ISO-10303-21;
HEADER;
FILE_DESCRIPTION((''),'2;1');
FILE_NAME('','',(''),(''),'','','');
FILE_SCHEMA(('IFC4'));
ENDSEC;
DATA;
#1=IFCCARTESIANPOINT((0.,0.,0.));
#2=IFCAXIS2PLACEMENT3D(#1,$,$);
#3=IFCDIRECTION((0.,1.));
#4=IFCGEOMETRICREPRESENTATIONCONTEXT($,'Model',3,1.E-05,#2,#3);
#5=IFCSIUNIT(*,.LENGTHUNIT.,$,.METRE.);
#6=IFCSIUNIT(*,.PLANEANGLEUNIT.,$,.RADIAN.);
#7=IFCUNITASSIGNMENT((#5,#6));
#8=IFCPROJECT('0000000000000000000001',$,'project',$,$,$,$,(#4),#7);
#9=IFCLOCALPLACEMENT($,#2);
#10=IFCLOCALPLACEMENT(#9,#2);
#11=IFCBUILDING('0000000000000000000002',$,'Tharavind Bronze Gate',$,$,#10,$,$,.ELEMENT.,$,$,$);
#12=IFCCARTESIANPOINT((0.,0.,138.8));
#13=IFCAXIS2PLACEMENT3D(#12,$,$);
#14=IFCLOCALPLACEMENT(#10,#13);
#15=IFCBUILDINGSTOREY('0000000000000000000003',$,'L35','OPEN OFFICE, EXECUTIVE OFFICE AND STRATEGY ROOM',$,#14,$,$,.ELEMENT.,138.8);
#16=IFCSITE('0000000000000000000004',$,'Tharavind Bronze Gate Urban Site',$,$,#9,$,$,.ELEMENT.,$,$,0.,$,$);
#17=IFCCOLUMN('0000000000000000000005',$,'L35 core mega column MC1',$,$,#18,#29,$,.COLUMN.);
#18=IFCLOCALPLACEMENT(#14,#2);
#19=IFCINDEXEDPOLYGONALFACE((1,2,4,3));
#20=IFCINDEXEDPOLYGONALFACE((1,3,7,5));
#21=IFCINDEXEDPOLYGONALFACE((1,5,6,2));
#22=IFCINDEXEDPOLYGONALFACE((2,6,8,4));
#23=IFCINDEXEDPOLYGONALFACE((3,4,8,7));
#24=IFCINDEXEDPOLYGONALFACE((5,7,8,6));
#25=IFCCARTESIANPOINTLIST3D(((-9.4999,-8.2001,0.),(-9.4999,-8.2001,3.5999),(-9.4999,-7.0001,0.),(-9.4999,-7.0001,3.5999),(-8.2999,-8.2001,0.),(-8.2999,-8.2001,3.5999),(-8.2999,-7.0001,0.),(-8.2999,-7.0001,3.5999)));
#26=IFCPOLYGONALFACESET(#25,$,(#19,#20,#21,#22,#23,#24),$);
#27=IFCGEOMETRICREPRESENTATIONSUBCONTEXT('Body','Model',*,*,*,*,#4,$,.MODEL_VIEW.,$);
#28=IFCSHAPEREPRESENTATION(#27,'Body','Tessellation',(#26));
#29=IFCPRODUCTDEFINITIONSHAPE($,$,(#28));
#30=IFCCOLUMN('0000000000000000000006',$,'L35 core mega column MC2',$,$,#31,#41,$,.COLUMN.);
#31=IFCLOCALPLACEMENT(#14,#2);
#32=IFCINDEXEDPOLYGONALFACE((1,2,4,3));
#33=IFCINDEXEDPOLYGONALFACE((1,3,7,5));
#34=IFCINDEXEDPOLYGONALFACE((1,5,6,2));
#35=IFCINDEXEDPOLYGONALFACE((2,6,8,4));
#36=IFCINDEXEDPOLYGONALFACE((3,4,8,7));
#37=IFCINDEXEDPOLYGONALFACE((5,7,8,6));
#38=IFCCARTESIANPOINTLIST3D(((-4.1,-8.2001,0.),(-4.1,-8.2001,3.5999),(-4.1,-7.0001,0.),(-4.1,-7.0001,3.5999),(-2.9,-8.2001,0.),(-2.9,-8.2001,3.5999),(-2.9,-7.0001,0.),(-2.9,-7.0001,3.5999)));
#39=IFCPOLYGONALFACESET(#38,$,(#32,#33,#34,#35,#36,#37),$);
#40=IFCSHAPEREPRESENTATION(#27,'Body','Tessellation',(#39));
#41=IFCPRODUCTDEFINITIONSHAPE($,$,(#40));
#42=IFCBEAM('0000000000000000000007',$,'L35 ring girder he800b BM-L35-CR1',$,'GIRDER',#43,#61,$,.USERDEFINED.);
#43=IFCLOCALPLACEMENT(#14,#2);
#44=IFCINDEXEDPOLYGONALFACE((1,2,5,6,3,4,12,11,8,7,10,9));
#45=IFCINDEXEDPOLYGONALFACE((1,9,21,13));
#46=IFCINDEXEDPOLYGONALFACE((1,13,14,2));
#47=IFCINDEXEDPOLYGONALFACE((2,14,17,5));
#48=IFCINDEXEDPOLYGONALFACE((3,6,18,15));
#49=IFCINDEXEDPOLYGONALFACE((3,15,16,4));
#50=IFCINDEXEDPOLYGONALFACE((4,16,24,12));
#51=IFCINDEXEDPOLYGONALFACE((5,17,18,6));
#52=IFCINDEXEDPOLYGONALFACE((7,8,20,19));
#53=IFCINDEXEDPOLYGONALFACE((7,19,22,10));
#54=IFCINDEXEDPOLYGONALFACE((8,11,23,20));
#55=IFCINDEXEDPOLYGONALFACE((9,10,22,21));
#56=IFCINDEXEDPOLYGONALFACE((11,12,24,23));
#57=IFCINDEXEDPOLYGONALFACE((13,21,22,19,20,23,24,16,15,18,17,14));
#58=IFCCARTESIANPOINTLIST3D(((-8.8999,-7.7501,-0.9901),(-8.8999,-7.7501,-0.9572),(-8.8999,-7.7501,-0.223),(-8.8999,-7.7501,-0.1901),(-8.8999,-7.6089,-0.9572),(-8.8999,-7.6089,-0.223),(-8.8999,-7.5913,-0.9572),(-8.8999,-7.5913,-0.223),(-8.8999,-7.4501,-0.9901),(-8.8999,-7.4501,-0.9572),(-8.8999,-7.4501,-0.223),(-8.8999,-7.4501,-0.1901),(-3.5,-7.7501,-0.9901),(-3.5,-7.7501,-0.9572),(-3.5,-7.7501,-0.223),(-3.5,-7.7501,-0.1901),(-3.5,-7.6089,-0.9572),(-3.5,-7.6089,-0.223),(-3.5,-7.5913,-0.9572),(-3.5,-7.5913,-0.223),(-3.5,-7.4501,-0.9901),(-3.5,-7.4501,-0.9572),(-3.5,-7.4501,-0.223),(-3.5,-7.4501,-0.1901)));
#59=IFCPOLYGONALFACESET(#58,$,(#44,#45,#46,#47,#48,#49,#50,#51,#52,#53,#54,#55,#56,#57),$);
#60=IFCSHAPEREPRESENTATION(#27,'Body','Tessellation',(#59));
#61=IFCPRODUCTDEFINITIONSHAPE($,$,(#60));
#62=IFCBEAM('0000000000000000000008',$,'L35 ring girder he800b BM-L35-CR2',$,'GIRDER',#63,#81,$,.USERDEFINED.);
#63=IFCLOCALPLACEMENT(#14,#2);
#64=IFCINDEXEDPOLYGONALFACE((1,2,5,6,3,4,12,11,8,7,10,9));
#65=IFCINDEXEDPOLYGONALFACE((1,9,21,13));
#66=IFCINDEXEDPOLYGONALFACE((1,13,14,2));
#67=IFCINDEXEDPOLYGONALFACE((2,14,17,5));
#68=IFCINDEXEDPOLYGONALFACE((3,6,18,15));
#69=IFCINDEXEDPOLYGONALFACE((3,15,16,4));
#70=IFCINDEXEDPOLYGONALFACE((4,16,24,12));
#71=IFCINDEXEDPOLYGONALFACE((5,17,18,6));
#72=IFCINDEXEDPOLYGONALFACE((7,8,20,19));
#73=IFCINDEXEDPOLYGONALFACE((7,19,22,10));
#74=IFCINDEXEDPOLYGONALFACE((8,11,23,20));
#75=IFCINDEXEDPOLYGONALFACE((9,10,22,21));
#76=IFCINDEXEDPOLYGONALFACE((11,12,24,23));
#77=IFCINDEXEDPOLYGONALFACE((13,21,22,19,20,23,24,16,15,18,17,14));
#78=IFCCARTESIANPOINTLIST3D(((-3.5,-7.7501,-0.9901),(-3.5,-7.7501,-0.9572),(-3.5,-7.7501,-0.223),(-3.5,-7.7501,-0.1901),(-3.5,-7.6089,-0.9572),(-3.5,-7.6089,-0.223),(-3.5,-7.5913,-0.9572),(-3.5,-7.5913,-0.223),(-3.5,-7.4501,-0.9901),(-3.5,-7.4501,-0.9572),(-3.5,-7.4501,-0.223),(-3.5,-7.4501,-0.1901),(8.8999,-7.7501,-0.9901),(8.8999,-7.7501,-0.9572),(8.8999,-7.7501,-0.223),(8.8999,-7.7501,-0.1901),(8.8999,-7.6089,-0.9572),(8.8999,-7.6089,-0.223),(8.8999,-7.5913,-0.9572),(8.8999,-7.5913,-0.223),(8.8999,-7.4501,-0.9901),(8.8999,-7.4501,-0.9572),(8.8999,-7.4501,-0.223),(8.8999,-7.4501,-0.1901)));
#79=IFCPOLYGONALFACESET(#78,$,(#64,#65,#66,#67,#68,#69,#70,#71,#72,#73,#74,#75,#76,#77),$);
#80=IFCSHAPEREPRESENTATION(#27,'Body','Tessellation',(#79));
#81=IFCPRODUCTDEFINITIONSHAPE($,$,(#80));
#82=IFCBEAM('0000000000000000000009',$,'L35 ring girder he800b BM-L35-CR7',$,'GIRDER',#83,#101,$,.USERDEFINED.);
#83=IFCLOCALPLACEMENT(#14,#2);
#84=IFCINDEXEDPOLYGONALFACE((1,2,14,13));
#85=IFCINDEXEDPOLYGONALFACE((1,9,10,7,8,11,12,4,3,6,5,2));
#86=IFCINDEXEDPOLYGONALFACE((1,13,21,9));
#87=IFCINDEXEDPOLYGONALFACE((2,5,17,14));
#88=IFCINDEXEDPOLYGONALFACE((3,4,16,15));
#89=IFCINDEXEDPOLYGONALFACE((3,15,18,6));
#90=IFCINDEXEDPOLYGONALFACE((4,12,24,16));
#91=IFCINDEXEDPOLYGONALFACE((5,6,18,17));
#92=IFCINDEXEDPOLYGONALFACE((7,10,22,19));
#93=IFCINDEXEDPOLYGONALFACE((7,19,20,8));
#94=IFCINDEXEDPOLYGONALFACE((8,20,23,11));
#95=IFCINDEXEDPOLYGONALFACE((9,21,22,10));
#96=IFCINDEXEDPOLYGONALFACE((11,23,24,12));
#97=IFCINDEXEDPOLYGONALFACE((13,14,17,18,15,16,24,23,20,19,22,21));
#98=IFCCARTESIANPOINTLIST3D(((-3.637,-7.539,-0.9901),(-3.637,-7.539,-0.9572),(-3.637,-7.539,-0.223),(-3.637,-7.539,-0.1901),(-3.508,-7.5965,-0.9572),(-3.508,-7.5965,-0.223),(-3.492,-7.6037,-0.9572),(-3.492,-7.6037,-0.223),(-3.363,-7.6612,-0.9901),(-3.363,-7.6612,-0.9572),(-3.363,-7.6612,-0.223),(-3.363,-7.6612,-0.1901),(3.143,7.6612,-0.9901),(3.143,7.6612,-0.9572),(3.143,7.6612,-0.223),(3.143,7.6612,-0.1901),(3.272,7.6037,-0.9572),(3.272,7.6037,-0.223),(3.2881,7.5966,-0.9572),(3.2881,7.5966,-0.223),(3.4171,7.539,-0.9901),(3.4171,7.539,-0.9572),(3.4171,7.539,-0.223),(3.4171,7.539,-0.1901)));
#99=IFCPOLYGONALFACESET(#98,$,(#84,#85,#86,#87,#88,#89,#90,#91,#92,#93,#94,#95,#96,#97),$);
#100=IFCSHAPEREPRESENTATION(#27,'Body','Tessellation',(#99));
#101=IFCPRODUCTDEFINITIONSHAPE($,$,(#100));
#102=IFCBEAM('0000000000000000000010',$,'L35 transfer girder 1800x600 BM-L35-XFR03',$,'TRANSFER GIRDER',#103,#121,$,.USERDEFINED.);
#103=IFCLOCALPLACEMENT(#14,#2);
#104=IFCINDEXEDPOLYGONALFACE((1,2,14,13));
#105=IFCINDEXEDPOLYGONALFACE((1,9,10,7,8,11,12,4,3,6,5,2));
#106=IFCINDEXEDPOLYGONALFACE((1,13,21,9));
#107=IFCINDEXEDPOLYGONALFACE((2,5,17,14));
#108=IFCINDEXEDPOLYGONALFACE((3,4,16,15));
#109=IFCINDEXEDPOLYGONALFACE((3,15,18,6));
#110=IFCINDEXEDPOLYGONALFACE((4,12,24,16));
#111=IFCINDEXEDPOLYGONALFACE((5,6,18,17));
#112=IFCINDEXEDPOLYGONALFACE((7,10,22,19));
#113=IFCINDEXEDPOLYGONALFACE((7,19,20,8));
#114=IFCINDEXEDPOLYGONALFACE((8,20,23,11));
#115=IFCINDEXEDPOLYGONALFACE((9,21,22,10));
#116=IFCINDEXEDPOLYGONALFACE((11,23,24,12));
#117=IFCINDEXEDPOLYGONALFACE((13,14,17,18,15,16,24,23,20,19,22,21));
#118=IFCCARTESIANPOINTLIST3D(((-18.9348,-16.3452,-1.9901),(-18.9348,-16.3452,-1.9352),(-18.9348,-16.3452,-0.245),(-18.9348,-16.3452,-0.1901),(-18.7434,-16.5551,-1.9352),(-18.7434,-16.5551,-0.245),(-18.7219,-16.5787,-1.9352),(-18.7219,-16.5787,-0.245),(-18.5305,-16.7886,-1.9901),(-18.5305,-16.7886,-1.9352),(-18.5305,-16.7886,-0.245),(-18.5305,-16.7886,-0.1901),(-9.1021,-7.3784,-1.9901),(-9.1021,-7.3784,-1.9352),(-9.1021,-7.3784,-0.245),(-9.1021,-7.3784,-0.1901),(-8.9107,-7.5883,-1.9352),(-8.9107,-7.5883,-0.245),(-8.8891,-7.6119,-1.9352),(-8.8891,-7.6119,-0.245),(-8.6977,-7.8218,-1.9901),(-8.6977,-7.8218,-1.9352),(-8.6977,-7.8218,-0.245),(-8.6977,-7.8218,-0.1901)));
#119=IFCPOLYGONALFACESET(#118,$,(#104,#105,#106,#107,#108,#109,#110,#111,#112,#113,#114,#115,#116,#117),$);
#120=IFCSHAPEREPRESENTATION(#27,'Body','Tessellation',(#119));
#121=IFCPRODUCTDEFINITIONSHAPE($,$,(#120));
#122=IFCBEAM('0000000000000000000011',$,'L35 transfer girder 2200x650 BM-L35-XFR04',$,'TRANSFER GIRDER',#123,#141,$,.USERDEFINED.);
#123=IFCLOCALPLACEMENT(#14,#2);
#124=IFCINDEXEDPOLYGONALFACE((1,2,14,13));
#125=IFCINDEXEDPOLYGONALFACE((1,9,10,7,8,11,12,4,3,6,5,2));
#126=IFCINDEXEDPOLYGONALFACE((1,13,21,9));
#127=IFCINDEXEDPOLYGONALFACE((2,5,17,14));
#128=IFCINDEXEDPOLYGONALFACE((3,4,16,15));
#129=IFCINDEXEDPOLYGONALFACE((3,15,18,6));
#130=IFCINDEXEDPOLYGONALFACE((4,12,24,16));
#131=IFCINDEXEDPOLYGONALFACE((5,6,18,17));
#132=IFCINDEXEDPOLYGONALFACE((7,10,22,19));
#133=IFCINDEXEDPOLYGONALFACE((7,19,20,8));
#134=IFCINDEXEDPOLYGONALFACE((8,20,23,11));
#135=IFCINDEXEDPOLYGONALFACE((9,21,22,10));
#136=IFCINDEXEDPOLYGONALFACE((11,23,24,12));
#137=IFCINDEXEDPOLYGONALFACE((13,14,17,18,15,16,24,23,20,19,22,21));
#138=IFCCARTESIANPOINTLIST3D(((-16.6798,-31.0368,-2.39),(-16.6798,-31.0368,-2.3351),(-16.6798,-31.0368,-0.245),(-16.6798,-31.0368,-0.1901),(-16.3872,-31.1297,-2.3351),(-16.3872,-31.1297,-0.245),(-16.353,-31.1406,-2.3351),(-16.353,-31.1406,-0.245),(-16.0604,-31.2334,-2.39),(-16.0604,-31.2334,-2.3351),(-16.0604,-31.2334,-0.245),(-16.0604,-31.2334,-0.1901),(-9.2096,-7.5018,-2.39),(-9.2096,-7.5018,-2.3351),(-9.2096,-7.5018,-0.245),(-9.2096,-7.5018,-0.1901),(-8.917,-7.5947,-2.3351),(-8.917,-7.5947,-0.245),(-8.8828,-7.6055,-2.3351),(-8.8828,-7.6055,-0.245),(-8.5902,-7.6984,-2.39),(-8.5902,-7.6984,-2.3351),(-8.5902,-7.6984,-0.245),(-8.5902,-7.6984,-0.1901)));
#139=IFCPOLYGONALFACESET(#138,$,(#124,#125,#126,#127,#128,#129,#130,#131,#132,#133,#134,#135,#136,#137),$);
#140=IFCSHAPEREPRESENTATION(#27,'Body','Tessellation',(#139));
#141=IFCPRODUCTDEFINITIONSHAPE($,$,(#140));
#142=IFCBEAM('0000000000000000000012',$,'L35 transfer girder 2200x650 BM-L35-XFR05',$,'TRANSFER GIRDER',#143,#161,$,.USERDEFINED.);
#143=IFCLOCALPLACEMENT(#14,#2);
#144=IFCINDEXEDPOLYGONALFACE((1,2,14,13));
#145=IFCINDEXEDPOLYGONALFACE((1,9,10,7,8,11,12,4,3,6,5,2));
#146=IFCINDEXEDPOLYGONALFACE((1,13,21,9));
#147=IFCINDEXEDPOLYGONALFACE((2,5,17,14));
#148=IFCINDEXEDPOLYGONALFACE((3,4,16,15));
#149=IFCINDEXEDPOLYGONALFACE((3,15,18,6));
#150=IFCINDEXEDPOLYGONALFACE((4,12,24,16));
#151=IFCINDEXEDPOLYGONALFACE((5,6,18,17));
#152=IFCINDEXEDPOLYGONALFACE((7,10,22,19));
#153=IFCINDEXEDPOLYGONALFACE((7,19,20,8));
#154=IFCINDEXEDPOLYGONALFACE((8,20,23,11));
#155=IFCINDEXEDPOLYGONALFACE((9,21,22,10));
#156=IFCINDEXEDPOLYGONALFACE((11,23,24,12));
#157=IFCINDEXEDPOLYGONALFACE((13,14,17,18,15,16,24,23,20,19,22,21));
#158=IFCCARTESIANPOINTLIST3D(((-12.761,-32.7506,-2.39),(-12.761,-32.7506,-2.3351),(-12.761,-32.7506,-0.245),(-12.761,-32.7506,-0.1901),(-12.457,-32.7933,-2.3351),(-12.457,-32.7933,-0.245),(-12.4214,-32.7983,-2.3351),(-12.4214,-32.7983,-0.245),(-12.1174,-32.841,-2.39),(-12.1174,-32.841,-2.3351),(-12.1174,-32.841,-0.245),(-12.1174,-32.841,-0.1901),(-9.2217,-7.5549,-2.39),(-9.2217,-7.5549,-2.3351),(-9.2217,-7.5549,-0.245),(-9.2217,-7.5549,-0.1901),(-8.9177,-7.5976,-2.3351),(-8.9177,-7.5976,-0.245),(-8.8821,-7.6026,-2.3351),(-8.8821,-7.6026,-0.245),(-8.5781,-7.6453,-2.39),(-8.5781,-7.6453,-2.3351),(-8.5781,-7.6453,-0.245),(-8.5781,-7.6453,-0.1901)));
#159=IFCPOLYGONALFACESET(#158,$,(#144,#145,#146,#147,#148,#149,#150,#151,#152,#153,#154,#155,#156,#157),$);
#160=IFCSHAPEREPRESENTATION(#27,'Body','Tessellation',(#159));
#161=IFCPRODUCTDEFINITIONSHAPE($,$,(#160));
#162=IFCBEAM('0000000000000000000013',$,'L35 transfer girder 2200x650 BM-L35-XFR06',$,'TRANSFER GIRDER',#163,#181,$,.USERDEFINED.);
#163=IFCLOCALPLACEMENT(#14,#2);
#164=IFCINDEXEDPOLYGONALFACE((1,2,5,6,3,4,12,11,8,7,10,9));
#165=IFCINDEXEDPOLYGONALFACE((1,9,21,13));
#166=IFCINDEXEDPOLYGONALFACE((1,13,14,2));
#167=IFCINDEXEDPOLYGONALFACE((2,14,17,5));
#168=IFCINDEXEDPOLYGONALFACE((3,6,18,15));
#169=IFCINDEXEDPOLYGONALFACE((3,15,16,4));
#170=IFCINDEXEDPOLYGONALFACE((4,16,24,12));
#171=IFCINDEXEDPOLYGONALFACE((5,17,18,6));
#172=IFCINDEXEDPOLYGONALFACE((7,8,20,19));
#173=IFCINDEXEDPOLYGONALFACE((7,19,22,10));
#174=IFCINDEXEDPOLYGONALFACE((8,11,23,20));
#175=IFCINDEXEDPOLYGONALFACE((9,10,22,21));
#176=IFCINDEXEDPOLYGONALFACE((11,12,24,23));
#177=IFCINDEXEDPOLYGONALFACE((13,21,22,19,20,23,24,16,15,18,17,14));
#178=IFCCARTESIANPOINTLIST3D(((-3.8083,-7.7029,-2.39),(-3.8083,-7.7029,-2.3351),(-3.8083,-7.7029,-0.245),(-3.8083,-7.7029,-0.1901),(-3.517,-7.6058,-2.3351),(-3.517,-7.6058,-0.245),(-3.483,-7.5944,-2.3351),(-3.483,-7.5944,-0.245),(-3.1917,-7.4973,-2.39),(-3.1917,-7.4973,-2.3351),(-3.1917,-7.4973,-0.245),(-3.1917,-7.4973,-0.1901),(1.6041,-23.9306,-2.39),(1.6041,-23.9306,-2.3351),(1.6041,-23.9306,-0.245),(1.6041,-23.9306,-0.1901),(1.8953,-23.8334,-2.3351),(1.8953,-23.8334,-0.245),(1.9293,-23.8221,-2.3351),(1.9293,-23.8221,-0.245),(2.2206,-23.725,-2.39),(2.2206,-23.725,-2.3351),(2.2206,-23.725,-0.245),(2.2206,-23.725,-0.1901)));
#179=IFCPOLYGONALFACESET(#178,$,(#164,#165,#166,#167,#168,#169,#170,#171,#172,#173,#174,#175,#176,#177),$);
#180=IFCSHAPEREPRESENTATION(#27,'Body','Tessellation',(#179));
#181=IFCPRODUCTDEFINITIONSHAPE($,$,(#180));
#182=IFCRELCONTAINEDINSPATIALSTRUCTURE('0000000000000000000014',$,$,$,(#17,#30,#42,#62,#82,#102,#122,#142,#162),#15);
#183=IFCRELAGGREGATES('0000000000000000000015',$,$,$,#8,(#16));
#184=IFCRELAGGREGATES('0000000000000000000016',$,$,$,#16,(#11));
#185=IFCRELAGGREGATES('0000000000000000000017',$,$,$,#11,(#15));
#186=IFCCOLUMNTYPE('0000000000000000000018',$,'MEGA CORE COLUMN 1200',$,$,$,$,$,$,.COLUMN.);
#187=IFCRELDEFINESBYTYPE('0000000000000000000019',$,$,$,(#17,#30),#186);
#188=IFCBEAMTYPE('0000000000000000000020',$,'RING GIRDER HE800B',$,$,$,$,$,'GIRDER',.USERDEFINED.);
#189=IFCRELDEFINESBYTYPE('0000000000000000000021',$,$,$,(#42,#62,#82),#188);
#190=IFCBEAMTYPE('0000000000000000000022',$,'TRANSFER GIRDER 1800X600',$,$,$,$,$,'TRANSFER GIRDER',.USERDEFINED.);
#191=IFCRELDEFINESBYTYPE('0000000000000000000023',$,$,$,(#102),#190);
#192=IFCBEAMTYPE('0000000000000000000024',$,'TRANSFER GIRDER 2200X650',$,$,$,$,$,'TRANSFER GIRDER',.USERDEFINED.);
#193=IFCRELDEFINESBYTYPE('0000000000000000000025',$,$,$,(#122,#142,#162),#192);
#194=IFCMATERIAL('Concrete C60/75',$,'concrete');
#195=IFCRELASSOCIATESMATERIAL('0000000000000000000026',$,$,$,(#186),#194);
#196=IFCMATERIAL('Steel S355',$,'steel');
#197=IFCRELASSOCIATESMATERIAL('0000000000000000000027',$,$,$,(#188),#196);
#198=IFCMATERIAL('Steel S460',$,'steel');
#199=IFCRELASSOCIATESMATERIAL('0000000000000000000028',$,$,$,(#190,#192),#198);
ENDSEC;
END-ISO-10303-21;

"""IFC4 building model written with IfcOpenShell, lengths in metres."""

from ifc_helpers import new_model, si_unit, direction, frame, origin, origin_2d, place, context, subcontext, project, spatial, rectangle, i_section, extrude, material, material_profile, profile_set, type_object, element, save


model = new_model("IFC4")

# Units and contexts
model_context = context("Model", 3, precision=1e-05, world=origin(), true_north=direction((0.0, 1.0)))
body_context = subcontext(model_context, "Body", "Model", "MODEL_VIEW")
ifc_project = project(units=[si_unit("LENGTHUNIT", "METRE"), si_unit("PLANEANGLEUNIT", "RADIAN")], contexts=[model_context])

# Site, building, storey
site_placement = place(None, origin())
site = spatial("IfcSite", under=ifc_project, at=site_placement, Name="Tharavind Bronze Gate Urban Site", CompositionType="ELEMENT", RefElevation=0.0)
building_placement = place(site_placement, origin())
building = spatial("IfcBuilding", under=site, at=building_placement, Name="Tharavind Bronze Gate", CompositionType="ELEMENT")
storey_placement = place(building_placement, frame((0.0, 0.0, 138.8)))
storey = spatial("IfcBuildingStorey", under=building, at=storey_placement, Name="L35", Description="OPEN OFFICE, EXECUTIVE OFFICE AND STRATEGY ROOM", CompositionType="ELEMENT", Elevation=138.8)

# Columns
ifc_material_1 = material(Name="Concrete C60/75", Category="concrete")
ifc_material_profile_1 = material_profile(ifc_material_1, rectangle(XDim=1.2, YDim=1.2, at=origin_2d()), Name="RCCOL1200")
ifc_profile_set_1 = profile_set([ifc_material_profile_1], Name="Concrete C60/75")
column_type = type_object("IfcColumnType", Name="MEGA CORE COLUMN 1200", PredefinedType="COLUMN", material=ifc_profile_set_1)
for number, where, z_axis, x_axis, name in (
    (1, (-8.8999, -7.6001, 0.0), (0.0, 0.0, 1.0), (1.0, 0.0, 0.0), "L35 core mega column MC1"),
    (2, (-3.5, -7.6001, 0.0), (0.0, 0.0, 1.0), (1.0, 0.0, 0.0), "L35 core mega column MC2"),
):
    element("IfcColumn", number, at=place(storey_placement, frame(where, z_axis=z_axis, x_axis=x_axis)), inside=storey, type_object=column_type, Name=name, PredefinedType="COLUMN", context=body_context, shape_type="SweptSolid", body=[
        extrude(rectangle(XDim=1.2, YDim=1.2, at=origin_2d()), origin(), (0.0, 0.0, 1.0), 3.5999),
    ])

# Beams
ifc_material_2 = material(Name="Steel S355", Category="steel")
ifc_material_profile_2 = material_profile(ifc_material_2, i_section(OverallWidth=0.3, OverallDepth=0.8, WebThickness=0.0176, FlangeThickness=0.033, at=origin_2d()), Name="HE800B")
ifc_profile_set_2 = profile_set([ifc_material_profile_2], Name="Steel S355")
beam_type_1 = type_object("IfcBeamType", Name="RING GIRDER HE800B", ElementType="GIRDER", PredefinedType="USERDEFINED", material=ifc_profile_set_2)
beam_1_placement = place(storey_placement, frame((-8.8999, -7.6001, -0.5901), z_axis=(1.0, 0.0, 0.0), x_axis=(0.0, 1.0, 0.0)))
element("IfcBeam", 3, at=beam_1_placement, inside=storey, type_object=beam_type_1, Name="L35 ring girder he800b BM-L35-CR1", ObjectType="GIRDER", PredefinedType="USERDEFINED", context=body_context, shape_type="SweptSolid", body=[
    extrude(i_section(OverallWidth=0.3, OverallDepth=0.8, WebThickness=0.0176, FlangeThickness=0.033, at=origin_2d()), origin(), (0.0, 0.0, 1.0), 5.3999),
])
beam_2_placement = place(storey_placement, frame((-3.5, -7.6001, -0.5901), z_axis=(1.0, 0.0, 0.0), x_axis=(0.0, 1.0, 0.0)))
element("IfcBeam", 4, at=beam_2_placement, inside=storey, type_object=beam_type_1, Name="L35 ring girder he800b BM-L35-CR2", ObjectType="GIRDER", PredefinedType="USERDEFINED", context=body_context, shape_type="SweptSolid", body=[
    extrude(i_section(OverallWidth=0.3, OverallDepth=0.8, WebThickness=0.0176, FlangeThickness=0.033, at=origin_2d()), origin(), (0.0, 0.0, 1.0), 12.3999),
])
beam_3_placement = place(storey_placement, frame((-3.5, -7.6001, -0.5901), z_axis=(0.407362, 0.913267, 0.0), x_axis=(-0.913267, 0.407362, 0.0)))
element("IfcBeam", 5, at=beam_3_placement, inside=storey, type_object=beam_type_1, Name="L35 ring girder he800b BM-L35-CR7", ObjectType="GIRDER", PredefinedType="USERDEFINED", context=body_context, shape_type="SweptSolid", body=[
    extrude(i_section(OverallWidth=0.3, OverallDepth=0.8, WebThickness=0.0176, FlangeThickness=0.033, at=origin_2d()), origin(), (0.0, 0.0, 1.0), 16.6438),
])
ifc_material_3 = material(Name="Steel S460", Category="steel")
ifc_material_profile_3 = material_profile(ifc_material_3, i_section(OverallWidth=0.6001, OverallDepth=1.8, WebThickness=0.032, FlangeThickness=0.0549, at=origin_2d()), Name="PG1800X600")
ifc_profile_set_3 = profile_set([ifc_material_profile_3], Name="Steel S460")
beam_type_2 = type_object("IfcBeamType", Name="TRANSFER GIRDER 1800X600", ElementType="TRANSFER GIRDER", PredefinedType="USERDEFINED", material=ifc_profile_set_3)
beam_4_placement = place(storey_placement, frame((-8.8999, -7.6001, -1.0901), z_axis=(-0.738895, -0.673821, 0.0), x_axis=(0.673821, -0.738895, 0.0)))
element("IfcBeam", 6, at=beam_4_placement, inside=storey, type_object=beam_type_2, Name="L35 transfer girder 1800x600 BM-L35-XFR03", ObjectType="TRANSFER GIRDER", PredefinedType="USERDEFINED", context=body_context, shape_type="SweptSolid", body=[
    extrude(i_section(OverallWidth=0.6001, OverallDepth=1.8, WebThickness=0.032, FlangeThickness=0.0549, at=origin_2d()), origin(), (0.0, 0.0, 1.0), 13.3074),
])
ifc_material_profile_4 = material_profile(ifc_material_3, i_section(OverallWidth=0.6499, OverallDepth=2.2, WebThickness=0.0359, FlangeThickness=0.0549, at=origin_2d()), Name="PG2200X650")
ifc_profile_set_4 = profile_set([ifc_material_profile_4], Name="Steel S460")
beam_type_3 = type_object("IfcBeamType", Name="TRANSFER GIRDER 2200X650", ElementType="TRANSFER GIRDER", PredefinedType="USERDEFINED", material=ifc_profile_set_4)
beam_5_placement = place(storey_placement, frame((-8.8999, -7.6001, -1.29), z_axis=(-0.302533, -0.953139, 0.0), x_axis=(0.953139, -0.302533, 0.0)))
element("IfcBeam", 7, at=beam_5_placement, inside=storey, type_object=beam_type_3, Name="L35 transfer girder 2200x650 BM-L35-XFR04", ObjectType="TRANSFER GIRDER", PredefinedType="USERDEFINED", context=body_context, shape_type="SweptSolid", body=[
    extrude(i_section(OverallWidth=0.6499, OverallDepth=2.2, WebThickness=0.0359, FlangeThickness=0.0549, at=origin_2d()), origin(), (0.0, 0.0, 1.0), 24.6921),
])
beam_6_placement = place(storey_placement, frame((-8.8999, -7.6001, -1.29), z_axis=(-0.139106, -0.990277, 0.0), x_axis=(0.990277, -0.139106, 0.0)))
element("IfcBeam", 8, at=beam_6_placement, inside=storey, type_object=beam_type_3, Name="L35 transfer girder 2200x650 BM-L35-XFR05", ObjectType="TRANSFER GIRDER", PredefinedType="USERDEFINED", context=body_context, shape_type="SweptSolid", body=[
    extrude(i_section(OverallWidth=0.6499, OverallDepth=2.2, WebThickness=0.0359, FlangeThickness=0.0549, at=origin_2d()), origin(), (0.0, 0.0, 1.0), 25.4431),
])
beam_7_placement = place(storey_placement, frame((-3.5, -7.6001, -1.29), z_axis=(0.31639, -0.948629, 0.0), x_axis=(0.948629, 0.31639, 0.0)))
element("IfcBeam", 9, at=beam_7_placement, inside=storey, type_object=beam_type_3, Name="L35 transfer girder 2200x650 BM-L35-XFR06", ObjectType="TRANSFER GIRDER", PredefinedType="USERDEFINED", context=body_context, shape_type="SweptSolid", body=[
    extrude(i_section(OverallWidth=0.6499, OverallDepth=2.2, WebThickness=0.0359, FlangeThickness=0.0549, at=origin_2d()), origin(), (0.0, 0.0, 1.0), 17.1064),
])

save(model, "model.ifc")
